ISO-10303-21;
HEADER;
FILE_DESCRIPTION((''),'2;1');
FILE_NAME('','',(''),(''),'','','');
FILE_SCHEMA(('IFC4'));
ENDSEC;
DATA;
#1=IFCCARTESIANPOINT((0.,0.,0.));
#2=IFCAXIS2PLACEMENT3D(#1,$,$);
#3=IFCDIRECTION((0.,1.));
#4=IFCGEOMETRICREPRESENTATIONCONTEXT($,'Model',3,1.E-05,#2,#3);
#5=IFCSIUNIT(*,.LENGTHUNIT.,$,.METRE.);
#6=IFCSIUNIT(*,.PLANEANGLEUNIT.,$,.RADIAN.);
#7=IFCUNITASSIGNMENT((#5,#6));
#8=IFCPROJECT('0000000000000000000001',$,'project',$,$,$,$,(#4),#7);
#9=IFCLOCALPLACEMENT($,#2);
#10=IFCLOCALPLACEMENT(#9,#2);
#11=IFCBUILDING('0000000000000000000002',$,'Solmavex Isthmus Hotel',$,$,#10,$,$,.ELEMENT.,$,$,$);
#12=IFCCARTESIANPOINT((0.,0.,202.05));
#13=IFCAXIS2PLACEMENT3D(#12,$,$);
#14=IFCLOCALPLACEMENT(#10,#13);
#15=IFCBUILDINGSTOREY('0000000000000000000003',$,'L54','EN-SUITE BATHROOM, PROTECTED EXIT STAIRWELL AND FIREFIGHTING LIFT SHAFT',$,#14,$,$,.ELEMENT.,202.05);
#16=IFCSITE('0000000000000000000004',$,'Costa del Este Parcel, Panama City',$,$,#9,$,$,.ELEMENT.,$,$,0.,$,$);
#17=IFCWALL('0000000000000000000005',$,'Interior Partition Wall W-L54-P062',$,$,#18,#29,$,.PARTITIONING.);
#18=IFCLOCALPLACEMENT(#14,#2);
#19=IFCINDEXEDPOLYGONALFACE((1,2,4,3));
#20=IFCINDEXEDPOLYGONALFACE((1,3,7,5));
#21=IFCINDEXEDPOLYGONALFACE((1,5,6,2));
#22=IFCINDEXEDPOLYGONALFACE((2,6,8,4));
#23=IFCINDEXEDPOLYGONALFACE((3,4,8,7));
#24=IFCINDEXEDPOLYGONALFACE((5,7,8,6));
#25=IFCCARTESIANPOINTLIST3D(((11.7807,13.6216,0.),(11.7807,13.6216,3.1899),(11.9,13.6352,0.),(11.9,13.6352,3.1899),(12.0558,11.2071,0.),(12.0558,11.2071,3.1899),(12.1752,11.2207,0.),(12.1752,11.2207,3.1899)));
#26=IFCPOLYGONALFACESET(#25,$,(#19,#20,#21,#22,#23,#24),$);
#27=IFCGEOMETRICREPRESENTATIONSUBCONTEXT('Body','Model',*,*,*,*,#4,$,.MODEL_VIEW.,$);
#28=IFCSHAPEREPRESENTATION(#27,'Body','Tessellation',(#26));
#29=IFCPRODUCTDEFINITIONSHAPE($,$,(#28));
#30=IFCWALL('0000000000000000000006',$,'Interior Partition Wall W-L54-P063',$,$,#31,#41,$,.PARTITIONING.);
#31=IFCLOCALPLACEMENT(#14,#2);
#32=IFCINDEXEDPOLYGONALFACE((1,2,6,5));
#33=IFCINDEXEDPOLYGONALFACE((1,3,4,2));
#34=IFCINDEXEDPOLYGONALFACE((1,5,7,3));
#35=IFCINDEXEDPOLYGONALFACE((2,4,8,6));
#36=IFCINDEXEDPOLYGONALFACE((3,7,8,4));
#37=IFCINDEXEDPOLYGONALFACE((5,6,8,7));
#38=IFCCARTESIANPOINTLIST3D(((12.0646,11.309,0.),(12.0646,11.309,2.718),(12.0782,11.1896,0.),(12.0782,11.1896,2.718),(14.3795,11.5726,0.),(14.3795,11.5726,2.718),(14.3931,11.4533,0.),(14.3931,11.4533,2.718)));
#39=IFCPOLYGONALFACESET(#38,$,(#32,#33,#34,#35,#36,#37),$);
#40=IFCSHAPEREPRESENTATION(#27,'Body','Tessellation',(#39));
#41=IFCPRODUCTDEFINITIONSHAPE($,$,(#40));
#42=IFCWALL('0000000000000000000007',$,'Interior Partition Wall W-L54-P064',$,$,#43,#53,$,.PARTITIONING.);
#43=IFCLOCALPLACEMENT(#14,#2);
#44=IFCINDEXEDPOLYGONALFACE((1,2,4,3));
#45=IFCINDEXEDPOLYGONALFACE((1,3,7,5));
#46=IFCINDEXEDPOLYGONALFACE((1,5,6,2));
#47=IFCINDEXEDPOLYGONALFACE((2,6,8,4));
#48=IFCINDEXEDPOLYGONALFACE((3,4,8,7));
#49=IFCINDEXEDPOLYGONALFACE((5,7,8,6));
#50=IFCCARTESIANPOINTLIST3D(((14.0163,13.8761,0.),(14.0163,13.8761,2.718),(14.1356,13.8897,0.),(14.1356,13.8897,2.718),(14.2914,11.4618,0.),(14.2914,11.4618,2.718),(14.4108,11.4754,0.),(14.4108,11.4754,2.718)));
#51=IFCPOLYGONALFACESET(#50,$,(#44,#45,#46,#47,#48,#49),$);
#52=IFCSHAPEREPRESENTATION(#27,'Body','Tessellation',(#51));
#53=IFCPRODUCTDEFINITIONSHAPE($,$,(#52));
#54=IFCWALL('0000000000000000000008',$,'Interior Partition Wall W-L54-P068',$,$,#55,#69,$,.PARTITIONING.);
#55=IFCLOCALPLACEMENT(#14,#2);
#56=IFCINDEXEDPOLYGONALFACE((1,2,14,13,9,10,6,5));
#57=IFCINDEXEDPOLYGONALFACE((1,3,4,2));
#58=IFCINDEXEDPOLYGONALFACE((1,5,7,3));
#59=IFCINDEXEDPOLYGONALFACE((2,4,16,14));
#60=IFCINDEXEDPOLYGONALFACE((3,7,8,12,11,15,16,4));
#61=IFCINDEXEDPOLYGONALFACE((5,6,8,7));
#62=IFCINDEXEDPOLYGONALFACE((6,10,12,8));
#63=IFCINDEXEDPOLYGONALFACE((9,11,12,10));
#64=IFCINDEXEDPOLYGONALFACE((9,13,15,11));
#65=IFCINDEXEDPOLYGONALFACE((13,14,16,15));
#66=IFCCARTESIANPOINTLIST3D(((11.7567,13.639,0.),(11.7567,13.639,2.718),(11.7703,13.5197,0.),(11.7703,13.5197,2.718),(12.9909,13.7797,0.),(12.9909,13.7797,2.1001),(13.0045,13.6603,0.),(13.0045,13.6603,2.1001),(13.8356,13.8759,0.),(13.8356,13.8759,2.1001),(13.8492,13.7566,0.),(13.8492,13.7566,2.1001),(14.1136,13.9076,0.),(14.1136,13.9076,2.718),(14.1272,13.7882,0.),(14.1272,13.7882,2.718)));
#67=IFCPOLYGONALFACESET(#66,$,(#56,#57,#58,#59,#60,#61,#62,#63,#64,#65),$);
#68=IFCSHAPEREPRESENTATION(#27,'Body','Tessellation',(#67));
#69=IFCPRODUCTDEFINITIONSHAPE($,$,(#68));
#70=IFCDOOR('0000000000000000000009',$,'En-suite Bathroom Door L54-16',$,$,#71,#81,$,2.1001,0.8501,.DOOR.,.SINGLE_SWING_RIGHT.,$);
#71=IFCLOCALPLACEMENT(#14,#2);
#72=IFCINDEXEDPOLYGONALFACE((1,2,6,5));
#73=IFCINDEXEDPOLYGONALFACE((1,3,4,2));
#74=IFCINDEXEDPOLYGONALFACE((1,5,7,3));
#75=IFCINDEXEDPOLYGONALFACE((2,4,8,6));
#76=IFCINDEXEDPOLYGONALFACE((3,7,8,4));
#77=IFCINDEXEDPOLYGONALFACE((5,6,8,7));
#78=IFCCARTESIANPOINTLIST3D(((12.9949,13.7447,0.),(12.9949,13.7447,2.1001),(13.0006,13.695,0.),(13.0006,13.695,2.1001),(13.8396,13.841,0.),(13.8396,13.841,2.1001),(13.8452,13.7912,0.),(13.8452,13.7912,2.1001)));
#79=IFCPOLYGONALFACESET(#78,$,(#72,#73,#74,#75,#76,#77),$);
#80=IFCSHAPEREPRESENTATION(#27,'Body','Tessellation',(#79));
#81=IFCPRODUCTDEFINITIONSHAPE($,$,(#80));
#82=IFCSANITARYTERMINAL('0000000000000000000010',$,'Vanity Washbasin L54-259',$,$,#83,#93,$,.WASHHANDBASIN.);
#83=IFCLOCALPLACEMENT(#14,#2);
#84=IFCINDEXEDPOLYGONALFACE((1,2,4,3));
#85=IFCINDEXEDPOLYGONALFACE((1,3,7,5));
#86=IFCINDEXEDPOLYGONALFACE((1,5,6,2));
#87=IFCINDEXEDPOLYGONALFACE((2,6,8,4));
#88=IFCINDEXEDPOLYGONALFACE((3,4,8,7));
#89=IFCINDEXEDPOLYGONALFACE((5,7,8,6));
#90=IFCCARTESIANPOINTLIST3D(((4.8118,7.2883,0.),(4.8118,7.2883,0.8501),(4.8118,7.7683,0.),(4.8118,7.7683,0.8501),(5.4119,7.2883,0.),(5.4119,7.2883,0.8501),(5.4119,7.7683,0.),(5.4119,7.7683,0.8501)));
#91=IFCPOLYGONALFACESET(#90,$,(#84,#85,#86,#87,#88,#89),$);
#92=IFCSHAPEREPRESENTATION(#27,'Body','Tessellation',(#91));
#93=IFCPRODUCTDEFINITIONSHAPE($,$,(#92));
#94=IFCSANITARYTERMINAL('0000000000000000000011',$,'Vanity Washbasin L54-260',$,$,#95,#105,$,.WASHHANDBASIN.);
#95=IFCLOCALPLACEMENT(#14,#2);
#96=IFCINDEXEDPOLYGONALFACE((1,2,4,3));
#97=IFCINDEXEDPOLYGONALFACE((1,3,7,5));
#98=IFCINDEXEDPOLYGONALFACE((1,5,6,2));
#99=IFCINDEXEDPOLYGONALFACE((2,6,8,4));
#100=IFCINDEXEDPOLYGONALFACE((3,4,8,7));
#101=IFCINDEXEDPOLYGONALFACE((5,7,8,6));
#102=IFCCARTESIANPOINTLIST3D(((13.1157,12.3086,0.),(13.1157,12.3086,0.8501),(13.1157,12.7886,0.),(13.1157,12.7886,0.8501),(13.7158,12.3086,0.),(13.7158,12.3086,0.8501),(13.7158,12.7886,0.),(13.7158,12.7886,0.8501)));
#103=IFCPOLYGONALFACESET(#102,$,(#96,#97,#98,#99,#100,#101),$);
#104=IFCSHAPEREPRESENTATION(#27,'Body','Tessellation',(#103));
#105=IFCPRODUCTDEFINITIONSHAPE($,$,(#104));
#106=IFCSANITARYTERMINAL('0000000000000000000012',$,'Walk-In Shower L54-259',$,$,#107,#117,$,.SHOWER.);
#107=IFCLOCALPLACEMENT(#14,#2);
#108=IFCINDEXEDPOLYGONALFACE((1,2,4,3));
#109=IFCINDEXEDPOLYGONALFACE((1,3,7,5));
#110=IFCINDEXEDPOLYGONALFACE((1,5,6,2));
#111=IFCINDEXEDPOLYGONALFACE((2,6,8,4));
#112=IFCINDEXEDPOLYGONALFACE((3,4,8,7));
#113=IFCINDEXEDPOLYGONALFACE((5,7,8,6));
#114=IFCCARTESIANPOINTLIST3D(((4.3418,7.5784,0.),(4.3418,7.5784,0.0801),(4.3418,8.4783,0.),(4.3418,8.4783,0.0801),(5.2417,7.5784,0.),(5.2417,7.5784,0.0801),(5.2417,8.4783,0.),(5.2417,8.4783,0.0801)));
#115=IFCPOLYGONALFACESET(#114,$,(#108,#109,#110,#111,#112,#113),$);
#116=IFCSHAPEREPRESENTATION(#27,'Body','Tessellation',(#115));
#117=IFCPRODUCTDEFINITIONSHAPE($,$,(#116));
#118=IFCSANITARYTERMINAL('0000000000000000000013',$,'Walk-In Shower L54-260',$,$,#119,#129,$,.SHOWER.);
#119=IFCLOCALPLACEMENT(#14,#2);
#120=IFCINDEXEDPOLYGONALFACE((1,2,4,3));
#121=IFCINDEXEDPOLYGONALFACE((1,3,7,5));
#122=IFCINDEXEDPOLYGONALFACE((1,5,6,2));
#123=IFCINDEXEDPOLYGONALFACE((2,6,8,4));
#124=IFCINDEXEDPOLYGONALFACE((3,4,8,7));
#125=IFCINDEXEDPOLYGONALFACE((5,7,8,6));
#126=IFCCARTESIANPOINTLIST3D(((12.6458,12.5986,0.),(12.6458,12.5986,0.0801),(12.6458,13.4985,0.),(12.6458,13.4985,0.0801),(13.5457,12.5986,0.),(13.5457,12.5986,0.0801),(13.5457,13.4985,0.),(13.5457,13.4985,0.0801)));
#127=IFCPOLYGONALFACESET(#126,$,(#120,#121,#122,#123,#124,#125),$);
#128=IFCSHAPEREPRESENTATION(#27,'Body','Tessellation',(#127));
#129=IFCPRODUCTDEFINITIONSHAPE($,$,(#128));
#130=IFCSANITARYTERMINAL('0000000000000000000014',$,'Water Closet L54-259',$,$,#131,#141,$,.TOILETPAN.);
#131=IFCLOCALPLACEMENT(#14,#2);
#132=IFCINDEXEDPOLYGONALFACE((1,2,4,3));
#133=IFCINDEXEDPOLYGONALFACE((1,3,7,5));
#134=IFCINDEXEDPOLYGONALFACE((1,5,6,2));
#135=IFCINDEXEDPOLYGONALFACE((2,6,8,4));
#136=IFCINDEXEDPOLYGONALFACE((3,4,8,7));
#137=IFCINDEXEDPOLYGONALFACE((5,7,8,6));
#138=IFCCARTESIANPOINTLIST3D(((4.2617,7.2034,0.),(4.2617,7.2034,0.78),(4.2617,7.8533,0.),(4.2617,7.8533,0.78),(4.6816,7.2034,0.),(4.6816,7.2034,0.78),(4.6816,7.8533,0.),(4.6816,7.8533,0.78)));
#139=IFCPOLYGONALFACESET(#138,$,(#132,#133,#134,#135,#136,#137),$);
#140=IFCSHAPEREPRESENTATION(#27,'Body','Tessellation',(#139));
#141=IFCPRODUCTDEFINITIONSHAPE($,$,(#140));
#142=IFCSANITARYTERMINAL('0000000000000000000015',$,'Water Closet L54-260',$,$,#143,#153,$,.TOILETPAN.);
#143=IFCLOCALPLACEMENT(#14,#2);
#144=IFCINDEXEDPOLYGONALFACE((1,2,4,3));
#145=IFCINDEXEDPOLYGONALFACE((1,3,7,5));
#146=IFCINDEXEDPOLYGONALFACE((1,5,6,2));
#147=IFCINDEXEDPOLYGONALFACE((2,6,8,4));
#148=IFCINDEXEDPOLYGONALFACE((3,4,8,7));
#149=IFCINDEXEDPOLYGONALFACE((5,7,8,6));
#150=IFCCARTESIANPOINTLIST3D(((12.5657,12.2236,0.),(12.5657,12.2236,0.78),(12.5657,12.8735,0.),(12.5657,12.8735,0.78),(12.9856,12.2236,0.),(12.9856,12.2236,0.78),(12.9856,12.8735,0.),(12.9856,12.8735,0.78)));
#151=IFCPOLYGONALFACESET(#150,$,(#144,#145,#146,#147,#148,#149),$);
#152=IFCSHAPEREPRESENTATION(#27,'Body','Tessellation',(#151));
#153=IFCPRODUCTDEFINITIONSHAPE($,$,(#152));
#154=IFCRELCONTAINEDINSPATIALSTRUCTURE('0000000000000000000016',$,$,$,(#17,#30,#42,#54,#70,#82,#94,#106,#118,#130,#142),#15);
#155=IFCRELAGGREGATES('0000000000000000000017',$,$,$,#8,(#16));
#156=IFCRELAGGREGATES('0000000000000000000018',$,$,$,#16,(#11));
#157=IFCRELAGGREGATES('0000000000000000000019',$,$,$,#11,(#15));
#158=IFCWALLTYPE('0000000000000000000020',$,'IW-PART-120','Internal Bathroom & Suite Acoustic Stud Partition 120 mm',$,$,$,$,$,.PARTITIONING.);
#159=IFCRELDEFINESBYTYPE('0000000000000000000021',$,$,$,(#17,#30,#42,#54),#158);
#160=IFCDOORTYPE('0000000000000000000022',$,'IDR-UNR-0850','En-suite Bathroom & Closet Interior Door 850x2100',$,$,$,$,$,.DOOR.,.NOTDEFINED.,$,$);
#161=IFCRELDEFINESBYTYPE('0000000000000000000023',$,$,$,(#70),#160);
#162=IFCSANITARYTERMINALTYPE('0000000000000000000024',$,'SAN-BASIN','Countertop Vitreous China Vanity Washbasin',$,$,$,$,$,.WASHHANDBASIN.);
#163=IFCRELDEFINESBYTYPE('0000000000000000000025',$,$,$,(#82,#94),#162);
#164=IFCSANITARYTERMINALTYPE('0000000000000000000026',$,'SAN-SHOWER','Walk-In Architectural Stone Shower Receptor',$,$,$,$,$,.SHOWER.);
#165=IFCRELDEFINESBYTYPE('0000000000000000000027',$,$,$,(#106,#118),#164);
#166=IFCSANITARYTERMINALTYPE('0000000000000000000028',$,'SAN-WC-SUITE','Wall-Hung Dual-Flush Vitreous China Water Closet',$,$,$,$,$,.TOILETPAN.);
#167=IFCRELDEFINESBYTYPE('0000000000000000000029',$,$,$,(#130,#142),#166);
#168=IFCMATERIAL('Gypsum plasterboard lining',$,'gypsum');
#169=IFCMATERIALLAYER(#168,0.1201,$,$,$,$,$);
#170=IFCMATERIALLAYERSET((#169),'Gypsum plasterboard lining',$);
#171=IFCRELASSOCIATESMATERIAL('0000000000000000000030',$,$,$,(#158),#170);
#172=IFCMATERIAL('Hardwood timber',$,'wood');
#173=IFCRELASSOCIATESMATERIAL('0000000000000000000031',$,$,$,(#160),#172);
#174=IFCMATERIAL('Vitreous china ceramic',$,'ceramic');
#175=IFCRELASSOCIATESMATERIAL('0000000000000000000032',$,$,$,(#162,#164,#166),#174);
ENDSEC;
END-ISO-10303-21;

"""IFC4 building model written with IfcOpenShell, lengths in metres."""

from ifc_helpers import new_model, si_unit, direction, frame, frame_2d, origin, origin_2d, place, context, subcontext, project, spatial, rectangle, extrude, material, layer, layer_set, type_object, element, fill, save


model = new_model("IFC4")

# Units and contexts
model_context = context("Model", 3, precision=1e-05, world=origin(), true_north=direction((0.0, 1.0)))
body_context = subcontext(model_context, "Body", "Model", "MODEL_VIEW")
ifc_project = project(units=[si_unit("LENGTHUNIT", "METRE"), si_unit("PLANEANGLEUNIT", "RADIAN")], contexts=[model_context])

# Site, building, storey
site_placement = place(None, origin())
site = spatial("IfcSite", under=ifc_project, at=site_placement, Name="Costa del Este Parcel, Panama City", CompositionType="ELEMENT", RefElevation=0.0)
building_placement = place(site_placement, origin())
building = spatial("IfcBuilding", under=site, at=building_placement, Name="Solmavex Isthmus Hotel", CompositionType="ELEMENT")
storey_placement = place(building_placement, frame((0.0, 0.0, 202.05)))
storey = spatial("IfcBuildingStorey", under=building, at=storey_placement, Name="L54", Description="EN-SUITE BATHROOM, PROTECTED EXIT STAIRWELL AND FIREFIGHTING LIFT SHAFT", CompositionType="ELEMENT", Elevation=202.05)

# Shared definitions
ifc_material_1 = material(Name="Gypsum plasterboard lining", Category="gypsum")

# Shared definitions
ifc_material_2 = material(Name="Hardwood timber", Category="wood")

# Walls
ifc_layer_1 = layer(ifc_material_1, 0.1201)
ifc_layer_set_1 = layer_set([ifc_layer_1], Name="Gypsum plasterboard lining")
wall_type_1 = type_object("IfcWallType", Name="IW-PART-120", Description="Internal Bathroom & Suite Acoustic Stud Partition 120 mm", PredefinedType="PARTITIONING", material=ifc_layer_set_1)
wall_1_placement = place(storey_placement, frame((11.8403, 13.6284, 0.0), z_axis=(0.0, 0.0, 1.0), x_axis=(0.113221, -0.99357, 0.0)))
element("IfcWall", 1, at=wall_1_placement, inside=storey, type_object=wall_type_1, Name="Interior Partition Wall W-L54-P062", PredefinedType="PARTITIONING", context=body_context, shape_type="SweptSolid", body=[
    extrude(rectangle(XDim=2.4302, YDim=0.1201, at=frame_2d((1.2151, 0.0))), origin(), (0.0, 0.0, 1.0), 3.1899),
])
wall_2_placement = place(storey_placement, frame((12.0713, 11.2493, 0.0), z_axis=(0.0, 0.0, 1.0), x_axis=(0.993576, 0.113168, 0.0)))
element("IfcWall", 2, at=wall_2_placement, inside=storey, type_object=wall_type_1, Name="Interior Partition Wall W-L54-P063", PredefinedType="PARTITIONING", context=body_context, shape_type="SweptSolid", body=[
    extrude(rectangle(XDim=2.3298, YDim=0.1201, at=frame_2d((1.165, 0.0))), origin(), (0.0, 0.0, 1.0), 2.718),
])
wall_3_placement = place(storey_placement, frame((14.3511, 11.4688, 0.0), z_axis=(0.0, 0.0, 1.0), x_axis=(-0.113232, 0.993569, 0.0)))
element("IfcWall", 3, at=wall_3_placement, inside=storey, type_object=wall_type_1, Name="Interior Partition Wall W-L54-P064", PredefinedType="PARTITIONING", context=body_context, shape_type="SweptSolid", body=[
    extrude(rectangle(XDim=2.4299, YDim=0.1201, at=frame_2d((1.2148, 0.0))), origin(), (0.0, 0.0, 1.0), 2.718),
])

# Wall, opening, door
wall_4_placement = place(storey_placement, frame((14.1204, 13.8479, 0.0), z_axis=(0.0, 0.0, 1.0), x_axis=(-0.993571, -0.11321, 0.0)))
wall_4 = element("IfcWall", 4, at=wall_4_placement, inside=storey, type_object=wall_type_1, Name="Interior Partition Wall W-L54-P068", PredefinedType="PARTITIONING", context=body_context, shape_type="SweptSolid", body=[
    extrude(rectangle(XDim=2.3721, YDim=0.1201, at=frame_2d((1.186, 0.0))), origin(), (0.0, 0.0, 1.0), 2.718),
])
opening_1_placement = place(wall_4_placement, frame((0.2798, 0.0, 0.0)))
opening_1 = element("IfcOpeningElement", 5, at=opening_1_placement, cuts=wall_4, PredefinedType="OPENING", context=body_context, shape_type="SweptSolid", body=[
    extrude(rectangle(XDim=0.8501, YDim=2.1001, at=frame_2d((0.425, 1.05))), frame((0.0, 0.0701, 0.0), z_axis=(0.0, -1.0, 0.0), x_axis=(1.0, 0.0, 0.0)), (0.0, 0.0, 1.0), 0.1401),
])
door_type_1 = type_object("IfcDoorType", Name="IDR-UNR-0850", Description="En-suite Bathroom & Closet Interior Door 850x2100", OperationType="NOTDEFINED", PredefinedType="DOOR", material=ifc_material_2)
door_1_placement = place(opening_1_placement, frame((0.8501, 0.0, 0.0), z_axis=(0.0, 0.0, 1.0), x_axis=(-1.0, 0.0, 0.0)))
door_1 = element("IfcDoor", 6, at=door_1_placement, inside=storey, type_object=door_type_1, Name="En-suite Bathroom Door L54-16", OperationType="SINGLE_SWING_RIGHT", OverallHeight=2.1001, OverallWidth=0.8501, PredefinedType="DOOR", context=body_context, shape_type="SweptSolid", body=[
    extrude(rectangle(XDim=0.8501, YDim=2.1001, at=frame_2d((0.425, 1.05))), frame((0.0, 0.0249, 0.0), z_axis=(0.0, -1.0, 0.0), x_axis=(1.0, 0.0, 0.0)), (0.0, 0.0, 1.0), 0.05),
])
fill(opening_1, door_1)

# Sanitary terminals
ifc_material_3 = material(Name="Vitreous china ceramic", Category="ceramic")
sanitary_terminal_type_1 = type_object("IfcSanitaryTerminalType", Name="SAN-BASIN", Description="Countertop Vitreous China Vanity Washbasin", PredefinedType="WASHHANDBASIN", material=ifc_material_3)
for number, where, z_axis, x_axis, name in (
    (7, (5.1118, 7.5283, 0.0), (0.0, 0.0, 1.0), (1.0, 0.0, 0.0), "Vanity Washbasin L54-259"),
    (8, (13.4158, 12.5486, 0.0), (0.0, 0.0, 1.0), (1.0, 0.0, 0.0), "Vanity Washbasin L54-260"),
):
    element("IfcSanitaryTerminal", number, at=place(storey_placement, frame(where, z_axis=z_axis, x_axis=x_axis)), inside=storey, type_object=sanitary_terminal_type_1, Name=name, PredefinedType="WASHHANDBASIN", context=body_context, shape_type="SweptSolid", body=[
        extrude(rectangle(XDim=0.6001, YDim=0.48, at=origin_2d()), origin(), (0.0, 0.0, 1.0), 0.8501),
    ])
sanitary_terminal_type_2 = type_object("IfcSanitaryTerminalType", Name="SAN-SHOWER", Description="Walk-In Architectural Stone Shower Receptor", PredefinedType="SHOWER", material=ifc_material_3)
for number, where, z_axis, x_axis, name in (
    (9, (4.7917, 8.0283, 0.0), (0.0, 0.0, 1.0), (1.0, 0.0, 0.0), "Walk-In Shower L54-259"),
    (10, (13.0957, 13.0486, 0.0), (0.0, 0.0, 1.0), (1.0, 0.0, 0.0), "Walk-In Shower L54-260"),
):
    element("IfcSanitaryTerminal", number, at=place(storey_placement, frame(where, z_axis=z_axis, x_axis=x_axis)), inside=storey, type_object=sanitary_terminal_type_2, Name=name, PredefinedType="SHOWER", context=body_context, shape_type="SweptSolid", body=[
        extrude(rectangle(XDim=0.8999, YDim=0.8999, at=origin_2d()), origin(), (0.0, 0.0, 1.0), 0.0801),
    ])
sanitary_terminal_type_3 = type_object("IfcSanitaryTerminalType", Name="SAN-WC-SUITE", Description="Wall-Hung Dual-Flush Vitreous China Water Closet", PredefinedType="TOILETPAN", material=ifc_material_3)
for number, where, z_axis, x_axis, name in (
    (11, (4.4717, 7.5283, 0.0), (0.0, 0.0, 1.0), (1.0, 0.0, 0.0), "Water Closet L54-259"),
    (12, (12.7756, 12.5486, 0.0), (0.0, 0.0, 1.0), (1.0, 0.0, 0.0), "Water Closet L54-260"),
):
    element("IfcSanitaryTerminal", number, at=place(storey_placement, frame(where, z_axis=z_axis, x_axis=x_axis)), inside=storey, type_object=sanitary_terminal_type_3, Name=name, PredefinedType="TOILETPAN", context=body_context, shape_type="SweptSolid", body=[
        extrude(rectangle(XDim=0.4199, YDim=0.6499, at=origin_2d()), origin(), (0.0, 0.0, 1.0), 0.78),
    ])

save(model, "model.ifc")
